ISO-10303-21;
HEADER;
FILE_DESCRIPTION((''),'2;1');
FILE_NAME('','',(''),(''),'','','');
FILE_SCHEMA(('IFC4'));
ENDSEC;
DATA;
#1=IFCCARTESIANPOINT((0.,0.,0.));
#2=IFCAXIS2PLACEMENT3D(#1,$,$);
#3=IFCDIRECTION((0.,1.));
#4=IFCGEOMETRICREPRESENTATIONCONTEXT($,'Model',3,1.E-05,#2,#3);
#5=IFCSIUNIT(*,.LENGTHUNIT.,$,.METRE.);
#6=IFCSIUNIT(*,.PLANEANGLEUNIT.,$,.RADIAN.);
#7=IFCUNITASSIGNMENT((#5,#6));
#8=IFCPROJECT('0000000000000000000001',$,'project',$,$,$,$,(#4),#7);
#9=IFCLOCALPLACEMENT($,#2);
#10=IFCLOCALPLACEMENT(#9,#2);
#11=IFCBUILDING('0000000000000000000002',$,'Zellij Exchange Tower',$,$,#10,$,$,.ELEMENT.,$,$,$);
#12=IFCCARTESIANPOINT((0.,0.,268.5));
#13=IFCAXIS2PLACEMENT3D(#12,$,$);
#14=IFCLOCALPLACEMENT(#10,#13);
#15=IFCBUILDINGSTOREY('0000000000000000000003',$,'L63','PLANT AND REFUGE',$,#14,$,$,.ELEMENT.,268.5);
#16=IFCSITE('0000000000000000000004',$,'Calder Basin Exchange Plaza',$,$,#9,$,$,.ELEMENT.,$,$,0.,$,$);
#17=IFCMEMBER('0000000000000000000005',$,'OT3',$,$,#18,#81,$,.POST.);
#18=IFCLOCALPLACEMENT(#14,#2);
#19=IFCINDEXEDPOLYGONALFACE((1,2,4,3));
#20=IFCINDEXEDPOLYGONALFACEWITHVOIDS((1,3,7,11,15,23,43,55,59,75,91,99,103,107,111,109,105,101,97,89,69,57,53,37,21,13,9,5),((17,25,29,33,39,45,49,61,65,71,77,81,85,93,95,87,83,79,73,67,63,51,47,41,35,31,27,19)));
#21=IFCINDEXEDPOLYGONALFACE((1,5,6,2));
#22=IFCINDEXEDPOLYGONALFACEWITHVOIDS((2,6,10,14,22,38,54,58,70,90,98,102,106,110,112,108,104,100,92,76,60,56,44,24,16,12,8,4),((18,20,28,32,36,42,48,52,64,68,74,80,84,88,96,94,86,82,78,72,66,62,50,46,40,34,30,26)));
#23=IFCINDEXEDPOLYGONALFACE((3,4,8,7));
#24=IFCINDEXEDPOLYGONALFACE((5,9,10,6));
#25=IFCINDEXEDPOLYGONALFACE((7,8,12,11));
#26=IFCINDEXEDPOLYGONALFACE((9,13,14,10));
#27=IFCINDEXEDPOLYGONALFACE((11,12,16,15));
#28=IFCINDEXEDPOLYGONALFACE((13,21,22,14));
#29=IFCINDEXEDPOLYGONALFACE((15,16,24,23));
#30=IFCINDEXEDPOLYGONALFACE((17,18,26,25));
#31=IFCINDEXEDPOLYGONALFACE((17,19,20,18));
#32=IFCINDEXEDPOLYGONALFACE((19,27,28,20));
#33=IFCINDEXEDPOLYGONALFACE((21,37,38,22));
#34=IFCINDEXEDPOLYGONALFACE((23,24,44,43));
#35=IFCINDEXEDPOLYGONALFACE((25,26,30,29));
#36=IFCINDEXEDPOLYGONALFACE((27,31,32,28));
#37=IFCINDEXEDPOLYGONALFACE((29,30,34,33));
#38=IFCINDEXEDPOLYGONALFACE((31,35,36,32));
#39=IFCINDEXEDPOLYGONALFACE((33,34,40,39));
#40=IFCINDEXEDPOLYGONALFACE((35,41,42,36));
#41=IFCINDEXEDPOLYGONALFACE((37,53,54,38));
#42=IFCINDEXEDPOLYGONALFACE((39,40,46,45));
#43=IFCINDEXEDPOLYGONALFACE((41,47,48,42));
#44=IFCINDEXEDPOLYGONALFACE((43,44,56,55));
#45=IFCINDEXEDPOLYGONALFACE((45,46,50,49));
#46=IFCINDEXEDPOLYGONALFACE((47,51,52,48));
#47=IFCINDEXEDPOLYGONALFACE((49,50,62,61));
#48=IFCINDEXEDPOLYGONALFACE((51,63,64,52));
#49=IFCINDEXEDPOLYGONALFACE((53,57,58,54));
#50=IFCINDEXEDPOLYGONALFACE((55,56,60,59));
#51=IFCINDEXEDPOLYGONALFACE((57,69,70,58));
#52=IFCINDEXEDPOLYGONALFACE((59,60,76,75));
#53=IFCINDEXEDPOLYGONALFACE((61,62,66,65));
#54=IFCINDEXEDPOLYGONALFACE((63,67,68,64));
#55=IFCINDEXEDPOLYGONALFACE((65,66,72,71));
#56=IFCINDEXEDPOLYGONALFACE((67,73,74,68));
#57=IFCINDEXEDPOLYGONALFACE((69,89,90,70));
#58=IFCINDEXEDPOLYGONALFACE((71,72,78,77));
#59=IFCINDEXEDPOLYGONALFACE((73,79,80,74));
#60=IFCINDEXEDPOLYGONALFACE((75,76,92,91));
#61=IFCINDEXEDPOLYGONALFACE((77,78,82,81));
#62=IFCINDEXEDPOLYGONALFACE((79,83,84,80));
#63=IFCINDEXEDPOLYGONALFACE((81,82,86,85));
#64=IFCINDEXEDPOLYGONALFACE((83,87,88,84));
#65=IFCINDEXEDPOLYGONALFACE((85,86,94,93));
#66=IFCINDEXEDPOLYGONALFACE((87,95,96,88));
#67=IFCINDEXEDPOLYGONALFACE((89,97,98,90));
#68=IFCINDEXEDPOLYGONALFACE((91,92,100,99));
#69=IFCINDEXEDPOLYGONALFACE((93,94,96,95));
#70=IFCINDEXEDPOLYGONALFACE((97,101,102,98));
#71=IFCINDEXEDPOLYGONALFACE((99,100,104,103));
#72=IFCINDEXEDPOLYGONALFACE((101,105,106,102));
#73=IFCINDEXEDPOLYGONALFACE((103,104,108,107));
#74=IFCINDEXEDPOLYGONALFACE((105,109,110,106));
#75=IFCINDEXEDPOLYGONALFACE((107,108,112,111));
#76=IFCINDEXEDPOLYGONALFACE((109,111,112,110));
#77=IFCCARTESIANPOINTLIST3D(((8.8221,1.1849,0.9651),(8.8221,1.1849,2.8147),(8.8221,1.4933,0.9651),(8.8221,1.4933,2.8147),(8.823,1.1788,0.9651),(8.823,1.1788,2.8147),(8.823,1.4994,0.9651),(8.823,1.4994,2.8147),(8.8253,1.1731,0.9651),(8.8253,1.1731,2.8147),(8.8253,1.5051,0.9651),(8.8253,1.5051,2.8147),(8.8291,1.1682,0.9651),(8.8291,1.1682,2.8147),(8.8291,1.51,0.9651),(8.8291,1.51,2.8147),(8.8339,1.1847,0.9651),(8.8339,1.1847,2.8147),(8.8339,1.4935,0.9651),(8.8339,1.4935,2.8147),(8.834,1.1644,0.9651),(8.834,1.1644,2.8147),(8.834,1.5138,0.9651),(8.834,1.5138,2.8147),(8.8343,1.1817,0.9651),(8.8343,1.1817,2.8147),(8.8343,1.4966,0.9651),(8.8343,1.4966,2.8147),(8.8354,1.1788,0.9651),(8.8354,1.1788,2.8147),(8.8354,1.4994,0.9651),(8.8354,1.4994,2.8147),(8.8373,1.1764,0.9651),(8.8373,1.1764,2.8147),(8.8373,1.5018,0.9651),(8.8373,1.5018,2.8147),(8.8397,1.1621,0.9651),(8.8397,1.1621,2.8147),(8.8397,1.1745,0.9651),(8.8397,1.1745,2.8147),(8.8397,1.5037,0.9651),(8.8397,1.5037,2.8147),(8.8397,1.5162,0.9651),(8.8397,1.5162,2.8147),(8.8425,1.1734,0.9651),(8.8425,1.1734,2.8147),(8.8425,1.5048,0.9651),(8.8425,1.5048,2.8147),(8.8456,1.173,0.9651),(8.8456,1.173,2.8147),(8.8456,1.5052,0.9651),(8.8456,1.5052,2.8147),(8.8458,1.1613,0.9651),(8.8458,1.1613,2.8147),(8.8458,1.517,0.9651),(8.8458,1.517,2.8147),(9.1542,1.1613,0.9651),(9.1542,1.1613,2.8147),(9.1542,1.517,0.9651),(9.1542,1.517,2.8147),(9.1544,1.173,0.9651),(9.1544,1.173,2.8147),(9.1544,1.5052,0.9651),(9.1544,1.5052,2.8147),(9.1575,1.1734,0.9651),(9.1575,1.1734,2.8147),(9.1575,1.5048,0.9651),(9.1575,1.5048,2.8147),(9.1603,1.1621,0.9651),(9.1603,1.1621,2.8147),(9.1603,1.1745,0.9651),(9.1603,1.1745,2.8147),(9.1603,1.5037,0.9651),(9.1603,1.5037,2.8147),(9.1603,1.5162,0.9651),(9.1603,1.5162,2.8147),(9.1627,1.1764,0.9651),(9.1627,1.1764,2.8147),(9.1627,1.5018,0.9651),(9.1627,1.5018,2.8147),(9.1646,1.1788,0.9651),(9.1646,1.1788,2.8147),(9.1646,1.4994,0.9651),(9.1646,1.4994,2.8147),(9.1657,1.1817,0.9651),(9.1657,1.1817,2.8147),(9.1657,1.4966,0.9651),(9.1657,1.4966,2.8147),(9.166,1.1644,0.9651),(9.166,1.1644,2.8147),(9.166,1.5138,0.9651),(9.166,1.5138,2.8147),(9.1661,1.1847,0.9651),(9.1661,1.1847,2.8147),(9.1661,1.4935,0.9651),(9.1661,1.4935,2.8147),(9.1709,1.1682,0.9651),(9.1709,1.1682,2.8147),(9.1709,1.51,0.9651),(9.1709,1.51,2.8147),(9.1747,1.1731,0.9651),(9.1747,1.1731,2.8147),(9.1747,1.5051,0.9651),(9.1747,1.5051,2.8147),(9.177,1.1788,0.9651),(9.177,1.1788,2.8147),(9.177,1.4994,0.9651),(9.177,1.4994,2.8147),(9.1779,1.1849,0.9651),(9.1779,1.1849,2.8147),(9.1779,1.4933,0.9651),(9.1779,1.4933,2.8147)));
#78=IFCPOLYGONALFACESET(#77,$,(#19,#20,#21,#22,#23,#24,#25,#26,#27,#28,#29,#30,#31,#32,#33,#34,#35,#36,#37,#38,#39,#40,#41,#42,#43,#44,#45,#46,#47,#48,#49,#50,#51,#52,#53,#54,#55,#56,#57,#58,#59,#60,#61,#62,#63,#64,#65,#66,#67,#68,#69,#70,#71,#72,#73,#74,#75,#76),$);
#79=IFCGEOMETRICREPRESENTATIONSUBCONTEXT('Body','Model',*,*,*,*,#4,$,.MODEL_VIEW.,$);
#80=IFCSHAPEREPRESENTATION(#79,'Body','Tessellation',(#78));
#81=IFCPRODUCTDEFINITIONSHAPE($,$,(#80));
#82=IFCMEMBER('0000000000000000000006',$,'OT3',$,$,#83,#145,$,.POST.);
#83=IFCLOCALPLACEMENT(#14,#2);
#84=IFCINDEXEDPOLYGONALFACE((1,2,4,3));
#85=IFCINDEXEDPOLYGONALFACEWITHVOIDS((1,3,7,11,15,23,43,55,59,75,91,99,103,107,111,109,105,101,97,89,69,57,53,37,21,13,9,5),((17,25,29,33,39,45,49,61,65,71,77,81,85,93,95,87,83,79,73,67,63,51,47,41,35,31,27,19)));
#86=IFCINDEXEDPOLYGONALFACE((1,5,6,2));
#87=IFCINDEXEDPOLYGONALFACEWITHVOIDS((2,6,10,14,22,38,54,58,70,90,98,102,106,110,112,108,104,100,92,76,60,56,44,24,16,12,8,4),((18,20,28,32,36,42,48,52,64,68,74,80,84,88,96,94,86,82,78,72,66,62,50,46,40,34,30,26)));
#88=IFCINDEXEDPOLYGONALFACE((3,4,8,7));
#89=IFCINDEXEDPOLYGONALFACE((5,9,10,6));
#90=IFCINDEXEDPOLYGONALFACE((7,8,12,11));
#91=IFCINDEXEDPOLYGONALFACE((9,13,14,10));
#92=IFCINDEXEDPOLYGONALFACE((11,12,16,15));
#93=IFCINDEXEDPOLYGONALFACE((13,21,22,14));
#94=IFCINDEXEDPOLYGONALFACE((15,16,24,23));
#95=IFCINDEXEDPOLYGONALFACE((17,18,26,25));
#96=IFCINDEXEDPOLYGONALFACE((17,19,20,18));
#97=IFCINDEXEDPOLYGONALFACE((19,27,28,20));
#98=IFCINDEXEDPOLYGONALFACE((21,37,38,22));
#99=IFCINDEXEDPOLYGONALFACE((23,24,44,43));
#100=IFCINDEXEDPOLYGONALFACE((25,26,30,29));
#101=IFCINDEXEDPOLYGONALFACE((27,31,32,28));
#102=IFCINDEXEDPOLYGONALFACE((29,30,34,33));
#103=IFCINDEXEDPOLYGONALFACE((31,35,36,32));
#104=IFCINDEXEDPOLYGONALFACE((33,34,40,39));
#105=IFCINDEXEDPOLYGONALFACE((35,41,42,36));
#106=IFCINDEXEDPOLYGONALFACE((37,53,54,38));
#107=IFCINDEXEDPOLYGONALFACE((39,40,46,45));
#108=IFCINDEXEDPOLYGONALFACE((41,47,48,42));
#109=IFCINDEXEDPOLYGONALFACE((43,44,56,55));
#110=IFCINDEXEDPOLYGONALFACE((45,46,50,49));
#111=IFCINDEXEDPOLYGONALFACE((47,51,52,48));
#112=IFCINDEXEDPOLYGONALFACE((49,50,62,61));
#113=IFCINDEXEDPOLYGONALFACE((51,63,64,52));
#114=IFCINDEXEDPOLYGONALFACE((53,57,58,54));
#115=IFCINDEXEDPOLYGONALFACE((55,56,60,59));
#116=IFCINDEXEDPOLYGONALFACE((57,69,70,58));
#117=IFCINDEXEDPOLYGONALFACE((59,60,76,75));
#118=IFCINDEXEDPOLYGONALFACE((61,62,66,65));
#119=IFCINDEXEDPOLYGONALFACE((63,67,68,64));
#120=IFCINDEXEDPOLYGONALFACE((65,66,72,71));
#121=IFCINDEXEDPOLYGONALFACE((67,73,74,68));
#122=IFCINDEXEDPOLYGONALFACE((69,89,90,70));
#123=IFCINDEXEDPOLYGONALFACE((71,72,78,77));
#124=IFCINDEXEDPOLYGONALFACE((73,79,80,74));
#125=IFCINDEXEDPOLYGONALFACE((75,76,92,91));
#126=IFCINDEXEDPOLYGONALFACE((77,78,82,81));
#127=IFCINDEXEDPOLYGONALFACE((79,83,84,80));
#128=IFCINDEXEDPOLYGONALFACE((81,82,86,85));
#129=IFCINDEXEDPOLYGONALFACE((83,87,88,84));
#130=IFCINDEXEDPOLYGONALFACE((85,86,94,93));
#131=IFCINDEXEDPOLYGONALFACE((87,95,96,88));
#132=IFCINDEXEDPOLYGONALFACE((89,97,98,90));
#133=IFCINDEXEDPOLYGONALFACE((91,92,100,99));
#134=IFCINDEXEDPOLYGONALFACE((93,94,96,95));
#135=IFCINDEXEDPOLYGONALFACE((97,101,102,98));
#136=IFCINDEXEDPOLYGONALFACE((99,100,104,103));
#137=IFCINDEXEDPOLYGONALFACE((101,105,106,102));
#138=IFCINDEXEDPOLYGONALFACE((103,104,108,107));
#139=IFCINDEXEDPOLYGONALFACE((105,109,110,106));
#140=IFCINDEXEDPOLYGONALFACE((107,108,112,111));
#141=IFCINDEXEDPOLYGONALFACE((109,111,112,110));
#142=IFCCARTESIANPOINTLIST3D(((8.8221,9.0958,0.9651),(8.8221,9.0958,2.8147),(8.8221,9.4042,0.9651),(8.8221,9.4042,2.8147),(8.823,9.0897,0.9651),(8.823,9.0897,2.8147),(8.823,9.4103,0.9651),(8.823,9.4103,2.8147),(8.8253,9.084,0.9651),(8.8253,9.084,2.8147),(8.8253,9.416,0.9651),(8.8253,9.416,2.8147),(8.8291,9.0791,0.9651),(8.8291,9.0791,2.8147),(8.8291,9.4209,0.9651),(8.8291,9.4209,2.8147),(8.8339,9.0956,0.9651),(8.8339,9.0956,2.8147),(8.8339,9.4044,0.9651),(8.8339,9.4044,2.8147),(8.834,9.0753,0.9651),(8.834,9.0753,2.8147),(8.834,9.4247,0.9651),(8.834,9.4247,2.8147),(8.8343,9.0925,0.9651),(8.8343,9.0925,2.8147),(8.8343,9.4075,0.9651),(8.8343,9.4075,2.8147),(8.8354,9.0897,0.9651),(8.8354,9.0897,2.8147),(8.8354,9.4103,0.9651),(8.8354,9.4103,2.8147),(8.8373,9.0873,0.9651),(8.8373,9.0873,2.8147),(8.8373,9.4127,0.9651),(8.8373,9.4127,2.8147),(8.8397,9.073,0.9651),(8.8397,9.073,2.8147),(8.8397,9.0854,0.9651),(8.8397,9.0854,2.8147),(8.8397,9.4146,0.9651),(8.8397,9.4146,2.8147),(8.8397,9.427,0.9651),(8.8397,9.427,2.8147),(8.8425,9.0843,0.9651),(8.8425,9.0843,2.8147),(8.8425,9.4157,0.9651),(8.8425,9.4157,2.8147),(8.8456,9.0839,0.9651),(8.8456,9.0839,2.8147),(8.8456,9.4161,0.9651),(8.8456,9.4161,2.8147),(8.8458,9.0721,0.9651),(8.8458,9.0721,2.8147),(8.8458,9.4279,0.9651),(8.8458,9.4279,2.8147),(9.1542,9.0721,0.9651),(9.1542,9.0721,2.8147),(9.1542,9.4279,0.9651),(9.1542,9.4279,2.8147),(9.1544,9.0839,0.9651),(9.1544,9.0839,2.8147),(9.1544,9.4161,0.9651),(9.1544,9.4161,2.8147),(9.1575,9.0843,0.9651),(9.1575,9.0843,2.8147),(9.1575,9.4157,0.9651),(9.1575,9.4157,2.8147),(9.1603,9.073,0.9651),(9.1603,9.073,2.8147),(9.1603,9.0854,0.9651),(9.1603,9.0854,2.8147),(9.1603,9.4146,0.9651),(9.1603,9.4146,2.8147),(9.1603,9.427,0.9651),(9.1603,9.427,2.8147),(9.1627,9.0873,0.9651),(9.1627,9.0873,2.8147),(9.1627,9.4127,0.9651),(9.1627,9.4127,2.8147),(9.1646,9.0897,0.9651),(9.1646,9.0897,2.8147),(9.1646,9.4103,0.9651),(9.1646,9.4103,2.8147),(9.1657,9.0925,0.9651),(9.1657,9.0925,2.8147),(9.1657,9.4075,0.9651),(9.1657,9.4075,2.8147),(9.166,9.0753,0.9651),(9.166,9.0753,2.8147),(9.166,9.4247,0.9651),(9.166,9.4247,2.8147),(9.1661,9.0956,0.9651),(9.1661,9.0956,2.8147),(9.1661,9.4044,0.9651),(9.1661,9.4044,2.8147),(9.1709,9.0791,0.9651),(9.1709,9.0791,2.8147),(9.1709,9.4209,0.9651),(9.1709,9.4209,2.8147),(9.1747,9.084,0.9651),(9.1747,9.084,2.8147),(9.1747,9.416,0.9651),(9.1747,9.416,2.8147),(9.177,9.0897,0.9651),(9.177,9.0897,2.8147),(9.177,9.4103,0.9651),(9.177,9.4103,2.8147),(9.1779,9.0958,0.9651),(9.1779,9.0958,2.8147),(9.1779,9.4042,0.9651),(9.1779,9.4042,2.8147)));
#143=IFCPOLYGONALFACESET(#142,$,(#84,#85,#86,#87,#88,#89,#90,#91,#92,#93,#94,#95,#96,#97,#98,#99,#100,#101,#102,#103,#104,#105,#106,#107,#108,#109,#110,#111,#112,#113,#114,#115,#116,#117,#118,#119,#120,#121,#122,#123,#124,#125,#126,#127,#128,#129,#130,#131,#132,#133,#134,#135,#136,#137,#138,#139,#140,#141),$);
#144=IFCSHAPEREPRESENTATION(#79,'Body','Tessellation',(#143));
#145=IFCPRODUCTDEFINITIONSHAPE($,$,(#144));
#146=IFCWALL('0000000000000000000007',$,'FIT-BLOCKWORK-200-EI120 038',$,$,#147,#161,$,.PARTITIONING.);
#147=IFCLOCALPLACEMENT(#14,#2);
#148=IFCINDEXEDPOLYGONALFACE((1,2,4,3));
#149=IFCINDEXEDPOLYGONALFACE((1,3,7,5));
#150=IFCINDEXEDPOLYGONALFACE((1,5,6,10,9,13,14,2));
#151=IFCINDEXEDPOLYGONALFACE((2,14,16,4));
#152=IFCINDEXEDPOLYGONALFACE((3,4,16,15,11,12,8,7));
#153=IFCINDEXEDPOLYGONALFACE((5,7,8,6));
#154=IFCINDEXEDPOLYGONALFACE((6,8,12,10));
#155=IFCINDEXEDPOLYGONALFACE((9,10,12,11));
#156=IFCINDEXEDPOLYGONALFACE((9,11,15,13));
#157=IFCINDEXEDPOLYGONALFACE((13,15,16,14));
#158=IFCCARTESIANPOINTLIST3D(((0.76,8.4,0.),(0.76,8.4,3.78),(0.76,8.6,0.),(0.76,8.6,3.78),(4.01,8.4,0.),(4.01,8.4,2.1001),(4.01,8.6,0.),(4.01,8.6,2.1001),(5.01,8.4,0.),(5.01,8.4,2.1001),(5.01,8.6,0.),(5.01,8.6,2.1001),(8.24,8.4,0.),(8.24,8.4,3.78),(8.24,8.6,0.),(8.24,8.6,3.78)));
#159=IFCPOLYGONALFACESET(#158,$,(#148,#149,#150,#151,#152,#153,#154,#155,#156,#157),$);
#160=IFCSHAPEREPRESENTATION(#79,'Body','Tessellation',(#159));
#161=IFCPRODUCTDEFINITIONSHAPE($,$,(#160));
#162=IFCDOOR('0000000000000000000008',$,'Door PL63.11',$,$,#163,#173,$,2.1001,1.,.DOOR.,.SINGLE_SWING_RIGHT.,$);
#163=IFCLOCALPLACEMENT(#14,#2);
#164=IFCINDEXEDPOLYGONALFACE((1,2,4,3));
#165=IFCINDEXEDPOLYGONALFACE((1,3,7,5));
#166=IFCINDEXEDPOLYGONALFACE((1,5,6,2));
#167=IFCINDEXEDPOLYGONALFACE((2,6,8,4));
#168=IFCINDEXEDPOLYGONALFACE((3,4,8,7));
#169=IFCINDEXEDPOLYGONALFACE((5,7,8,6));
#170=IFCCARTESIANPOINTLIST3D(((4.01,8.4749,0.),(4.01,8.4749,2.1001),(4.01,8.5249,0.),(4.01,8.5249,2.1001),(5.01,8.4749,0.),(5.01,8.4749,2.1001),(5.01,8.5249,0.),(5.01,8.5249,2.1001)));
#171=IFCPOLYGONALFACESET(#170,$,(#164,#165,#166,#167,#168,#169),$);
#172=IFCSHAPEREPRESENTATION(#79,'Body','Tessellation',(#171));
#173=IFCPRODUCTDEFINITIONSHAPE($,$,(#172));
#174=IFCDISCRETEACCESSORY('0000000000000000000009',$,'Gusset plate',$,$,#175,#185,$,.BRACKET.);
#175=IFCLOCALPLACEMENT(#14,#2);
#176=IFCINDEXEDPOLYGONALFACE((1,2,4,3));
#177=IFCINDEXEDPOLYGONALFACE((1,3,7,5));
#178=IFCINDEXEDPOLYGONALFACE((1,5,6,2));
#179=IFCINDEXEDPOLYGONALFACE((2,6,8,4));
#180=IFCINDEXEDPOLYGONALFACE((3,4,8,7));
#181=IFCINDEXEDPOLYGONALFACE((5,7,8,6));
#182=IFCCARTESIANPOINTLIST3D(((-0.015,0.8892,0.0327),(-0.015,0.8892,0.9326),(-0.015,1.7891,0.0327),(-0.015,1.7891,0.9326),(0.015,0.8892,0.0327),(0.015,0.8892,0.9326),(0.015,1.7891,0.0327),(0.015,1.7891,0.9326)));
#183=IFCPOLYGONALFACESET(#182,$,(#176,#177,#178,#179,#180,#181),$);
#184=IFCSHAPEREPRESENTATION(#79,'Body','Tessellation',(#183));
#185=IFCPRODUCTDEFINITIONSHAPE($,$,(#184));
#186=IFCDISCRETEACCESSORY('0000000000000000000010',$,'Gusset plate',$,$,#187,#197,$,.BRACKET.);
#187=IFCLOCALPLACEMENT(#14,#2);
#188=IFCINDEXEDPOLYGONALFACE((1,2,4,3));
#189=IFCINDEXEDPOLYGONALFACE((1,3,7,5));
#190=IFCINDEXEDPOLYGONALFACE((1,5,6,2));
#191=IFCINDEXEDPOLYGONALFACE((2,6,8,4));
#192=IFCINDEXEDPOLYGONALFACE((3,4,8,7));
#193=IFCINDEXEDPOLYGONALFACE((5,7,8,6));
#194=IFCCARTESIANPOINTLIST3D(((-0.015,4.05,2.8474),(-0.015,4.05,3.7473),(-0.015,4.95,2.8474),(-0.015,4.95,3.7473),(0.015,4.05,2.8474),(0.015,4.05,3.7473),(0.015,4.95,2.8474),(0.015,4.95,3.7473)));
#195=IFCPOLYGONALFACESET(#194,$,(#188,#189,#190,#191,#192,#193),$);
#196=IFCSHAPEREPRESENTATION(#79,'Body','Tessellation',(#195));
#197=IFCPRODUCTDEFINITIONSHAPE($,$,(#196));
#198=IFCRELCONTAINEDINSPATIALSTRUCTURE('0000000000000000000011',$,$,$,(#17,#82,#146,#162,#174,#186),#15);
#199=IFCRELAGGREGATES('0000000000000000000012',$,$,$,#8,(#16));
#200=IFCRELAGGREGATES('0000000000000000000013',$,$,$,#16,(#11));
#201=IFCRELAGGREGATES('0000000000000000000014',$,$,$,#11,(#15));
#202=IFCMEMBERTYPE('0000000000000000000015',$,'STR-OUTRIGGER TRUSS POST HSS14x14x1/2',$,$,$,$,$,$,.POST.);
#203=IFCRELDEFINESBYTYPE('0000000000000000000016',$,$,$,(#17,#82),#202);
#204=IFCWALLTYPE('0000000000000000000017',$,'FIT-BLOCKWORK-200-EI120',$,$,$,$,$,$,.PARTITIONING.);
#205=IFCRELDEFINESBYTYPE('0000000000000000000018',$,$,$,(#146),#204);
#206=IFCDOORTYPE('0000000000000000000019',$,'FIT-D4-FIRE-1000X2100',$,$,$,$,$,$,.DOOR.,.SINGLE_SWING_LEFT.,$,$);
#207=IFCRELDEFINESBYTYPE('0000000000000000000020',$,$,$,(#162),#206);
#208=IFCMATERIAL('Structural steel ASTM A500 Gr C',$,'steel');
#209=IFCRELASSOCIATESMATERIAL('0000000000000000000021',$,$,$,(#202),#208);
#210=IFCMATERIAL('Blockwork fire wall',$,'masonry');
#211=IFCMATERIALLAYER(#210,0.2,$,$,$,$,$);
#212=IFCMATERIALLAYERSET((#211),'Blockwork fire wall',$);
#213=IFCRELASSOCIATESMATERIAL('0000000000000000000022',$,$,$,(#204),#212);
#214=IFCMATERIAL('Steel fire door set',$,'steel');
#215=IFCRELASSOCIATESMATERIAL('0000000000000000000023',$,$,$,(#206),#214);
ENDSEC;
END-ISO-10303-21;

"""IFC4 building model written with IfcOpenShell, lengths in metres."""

from ifc_helpers import new_model, si_unit, direction, frame, frame_2d, origin, origin_2d, place, context, subcontext, project, spatial, rectangle, hollow_rectangle, extrude, material, layer, layer_set, material_profile, profile_set, type_object, element, fill, save


model = new_model("IFC4")

# Units and contexts
model_context = context("Model", 3, precision=1e-05, world=origin(), true_north=direction((0.0, 1.0)))
body_context = subcontext(model_context, "Body", "Model", "MODEL_VIEW")
ifc_project = project(units=[si_unit("LENGTHUNIT", "METRE"), si_unit("PLANEANGLEUNIT", "RADIAN")], contexts=[model_context])

# Site, building, storey
site_placement = place(None, origin())
site = spatial("IfcSite", under=ifc_project, at=site_placement, Name="Calder Basin Exchange Plaza", CompositionType="ELEMENT", RefElevation=0.0)
building_placement = place(site_placement, origin())
building = spatial("IfcBuilding", under=site, at=building_placement, Name="Zellij Exchange Tower", CompositionType="ELEMENT")
storey_placement = place(building_placement, frame((0.0, 0.0, 268.5)))
storey = spatial("IfcBuildingStorey", under=building, at=storey_placement, Name="L63", Description="PLANT AND REFUGE", CompositionType="ELEMENT", Elevation=268.5)

# Members
ifc_material_1 = material(Name="Structural steel ASTM A500 Gr C", Category="steel")
ifc_material_profile_1 = material_profile(ifc_material_1, hollow_rectangle(XDim=0.3557, YDim=0.3557, WallThickness=0.0117, InnerFilletRadius=0.0117, OuterFilletRadius=0.0237, at=origin_2d()), Name="STR-OUTRIGGER TRUSS POST HSS14x14x1/2")
ifc_profile_set_1 = profile_set([ifc_material_profile_1], Name="Structural steel ASTM A500 Gr C")
member_type_1 = type_object("IfcMemberType", Name="STR-OUTRIGGER TRUSS POST HSS14x14x1/2", PredefinedType="POST", material=ifc_profile_set_1)
for number, where, z_axis, x_axis, name in (
    (1, (9.0, 1.3391, 0.9651), (0.0, 0.0, 1.0), (1.0, 0.0, 0.0), "OT3"),
    (2, (9.0, 9.25, 0.9651), (0.0, 0.0, 1.0), (1.0, 0.0, 0.0), "OT3"),
):
    element("IfcMember", number, at=place(storey_placement, frame(where, z_axis=z_axis, x_axis=x_axis)), inside=storey, type_object=member_type_1, Name=name, PredefinedType="POST", context=body_context, shape_type="SweptSolid", body=[
        extrude(hollow_rectangle(XDim=0.3557, YDim=0.3557, WallThickness=0.0117, InnerFilletRadius=0.0117, OuterFilletRadius=0.0237, at=origin_2d()), origin(), (0.0, 0.0, 1.0), 1.8496),
    ])

# Wall, opening, door
ifc_material_2 = material(Name="Blockwork fire wall", Category="masonry")
ifc_layer = layer(ifc_material_2, 0.2)
ifc_layer_set = layer_set([ifc_layer], Name="Blockwork fire wall")
wall_type = type_object("IfcWallType", Name="FIT-BLOCKWORK-200-EI120", PredefinedType="PARTITIONING", material=ifc_layer_set)
wall_placement = place(storey_placement, frame((0.76, 8.5, 0.0), z_axis=(0.0, 0.0, 1.0), x_axis=(1.0, 0.0, 0.0)))
wall = element("IfcWall", 3, at=wall_placement, inside=storey, type_object=wall_type, Name="FIT-BLOCKWORK-200-EI120 038", PredefinedType="PARTITIONING", context=body_context, shape_type="SweptSolid", body=[
    extrude(rectangle(XDim=7.48, YDim=0.2, at=frame_2d((3.74, 0.0))), origin(), (0.0, 0.0, 1.0), 3.78),
])
opening_placement = place(wall_placement, frame((3.25, 0.0, 0.0)))
opening = element("IfcOpeningElement", 4, at=opening_placement, cuts=wall, PredefinedType="OPENING", context=body_context, shape_type="SweptSolid", body=[
    extrude(rectangle(XDim=1.0, YDim=2.1001, at=frame_2d((0.5, 1.05))), frame((0.0, 0.1118, 0.0), z_axis=(0.0, -1.0, 0.0), x_axis=(1.0, 0.0, 0.0)), (0.0, 0.0, 1.0), 0.2239),
])
ifc_material_3 = material(Name="Steel fire door set", Category="steel")
door_type = type_object("IfcDoorType", Name="FIT-D4-FIRE-1000X2100", OperationType="SINGLE_SWING_LEFT", PredefinedType="DOOR", material=ifc_material_3)
door_placement = place(opening_placement, origin())
door = element("IfcDoor", 5, at=door_placement, inside=storey, type_object=door_type, Name="Door PL63.11", OperationType="SINGLE_SWING_RIGHT", OverallHeight=2.1001, OverallWidth=1.0, PredefinedType="DOOR", context=body_context, shape_type="SweptSolid", body=[
    extrude(rectangle(XDim=1.0, YDim=2.1001, at=frame_2d((0.5, 1.05))), frame((0.0, 0.0249, 0.0), z_axis=(0.0, -1.0, 0.0), x_axis=(1.0, 0.0, 0.0)), (0.0, 0.0, 1.0), 0.05),
])
fill(opening, door)

# Discrete accessories
for number, where, z_axis, x_axis, name in (
    (6, (0.0, 1.3391, 0.0327), (0.0, 0.0, 1.0), (0.0, 1.0, 0.0), "Gusset plate"),
    (7, (0.0, 4.5, 2.8474), (0.0, 0.0, 1.0), (0.0, 1.0, 0.0), "Gusset plate"),
):
    element("IfcDiscreteAccessory", number, at=place(storey_placement, frame(where, z_axis=z_axis, x_axis=x_axis)), inside=storey, Name=name, PredefinedType="BRACKET", context=body_context, shape_type="SweptSolid", body=[
        extrude(rectangle(XDim=0.8999, YDim=0.03, at=origin_2d()), origin(), (0.0, 0.0, 1.0), 0.8999),
    ])

save(model, "model.ifc")
